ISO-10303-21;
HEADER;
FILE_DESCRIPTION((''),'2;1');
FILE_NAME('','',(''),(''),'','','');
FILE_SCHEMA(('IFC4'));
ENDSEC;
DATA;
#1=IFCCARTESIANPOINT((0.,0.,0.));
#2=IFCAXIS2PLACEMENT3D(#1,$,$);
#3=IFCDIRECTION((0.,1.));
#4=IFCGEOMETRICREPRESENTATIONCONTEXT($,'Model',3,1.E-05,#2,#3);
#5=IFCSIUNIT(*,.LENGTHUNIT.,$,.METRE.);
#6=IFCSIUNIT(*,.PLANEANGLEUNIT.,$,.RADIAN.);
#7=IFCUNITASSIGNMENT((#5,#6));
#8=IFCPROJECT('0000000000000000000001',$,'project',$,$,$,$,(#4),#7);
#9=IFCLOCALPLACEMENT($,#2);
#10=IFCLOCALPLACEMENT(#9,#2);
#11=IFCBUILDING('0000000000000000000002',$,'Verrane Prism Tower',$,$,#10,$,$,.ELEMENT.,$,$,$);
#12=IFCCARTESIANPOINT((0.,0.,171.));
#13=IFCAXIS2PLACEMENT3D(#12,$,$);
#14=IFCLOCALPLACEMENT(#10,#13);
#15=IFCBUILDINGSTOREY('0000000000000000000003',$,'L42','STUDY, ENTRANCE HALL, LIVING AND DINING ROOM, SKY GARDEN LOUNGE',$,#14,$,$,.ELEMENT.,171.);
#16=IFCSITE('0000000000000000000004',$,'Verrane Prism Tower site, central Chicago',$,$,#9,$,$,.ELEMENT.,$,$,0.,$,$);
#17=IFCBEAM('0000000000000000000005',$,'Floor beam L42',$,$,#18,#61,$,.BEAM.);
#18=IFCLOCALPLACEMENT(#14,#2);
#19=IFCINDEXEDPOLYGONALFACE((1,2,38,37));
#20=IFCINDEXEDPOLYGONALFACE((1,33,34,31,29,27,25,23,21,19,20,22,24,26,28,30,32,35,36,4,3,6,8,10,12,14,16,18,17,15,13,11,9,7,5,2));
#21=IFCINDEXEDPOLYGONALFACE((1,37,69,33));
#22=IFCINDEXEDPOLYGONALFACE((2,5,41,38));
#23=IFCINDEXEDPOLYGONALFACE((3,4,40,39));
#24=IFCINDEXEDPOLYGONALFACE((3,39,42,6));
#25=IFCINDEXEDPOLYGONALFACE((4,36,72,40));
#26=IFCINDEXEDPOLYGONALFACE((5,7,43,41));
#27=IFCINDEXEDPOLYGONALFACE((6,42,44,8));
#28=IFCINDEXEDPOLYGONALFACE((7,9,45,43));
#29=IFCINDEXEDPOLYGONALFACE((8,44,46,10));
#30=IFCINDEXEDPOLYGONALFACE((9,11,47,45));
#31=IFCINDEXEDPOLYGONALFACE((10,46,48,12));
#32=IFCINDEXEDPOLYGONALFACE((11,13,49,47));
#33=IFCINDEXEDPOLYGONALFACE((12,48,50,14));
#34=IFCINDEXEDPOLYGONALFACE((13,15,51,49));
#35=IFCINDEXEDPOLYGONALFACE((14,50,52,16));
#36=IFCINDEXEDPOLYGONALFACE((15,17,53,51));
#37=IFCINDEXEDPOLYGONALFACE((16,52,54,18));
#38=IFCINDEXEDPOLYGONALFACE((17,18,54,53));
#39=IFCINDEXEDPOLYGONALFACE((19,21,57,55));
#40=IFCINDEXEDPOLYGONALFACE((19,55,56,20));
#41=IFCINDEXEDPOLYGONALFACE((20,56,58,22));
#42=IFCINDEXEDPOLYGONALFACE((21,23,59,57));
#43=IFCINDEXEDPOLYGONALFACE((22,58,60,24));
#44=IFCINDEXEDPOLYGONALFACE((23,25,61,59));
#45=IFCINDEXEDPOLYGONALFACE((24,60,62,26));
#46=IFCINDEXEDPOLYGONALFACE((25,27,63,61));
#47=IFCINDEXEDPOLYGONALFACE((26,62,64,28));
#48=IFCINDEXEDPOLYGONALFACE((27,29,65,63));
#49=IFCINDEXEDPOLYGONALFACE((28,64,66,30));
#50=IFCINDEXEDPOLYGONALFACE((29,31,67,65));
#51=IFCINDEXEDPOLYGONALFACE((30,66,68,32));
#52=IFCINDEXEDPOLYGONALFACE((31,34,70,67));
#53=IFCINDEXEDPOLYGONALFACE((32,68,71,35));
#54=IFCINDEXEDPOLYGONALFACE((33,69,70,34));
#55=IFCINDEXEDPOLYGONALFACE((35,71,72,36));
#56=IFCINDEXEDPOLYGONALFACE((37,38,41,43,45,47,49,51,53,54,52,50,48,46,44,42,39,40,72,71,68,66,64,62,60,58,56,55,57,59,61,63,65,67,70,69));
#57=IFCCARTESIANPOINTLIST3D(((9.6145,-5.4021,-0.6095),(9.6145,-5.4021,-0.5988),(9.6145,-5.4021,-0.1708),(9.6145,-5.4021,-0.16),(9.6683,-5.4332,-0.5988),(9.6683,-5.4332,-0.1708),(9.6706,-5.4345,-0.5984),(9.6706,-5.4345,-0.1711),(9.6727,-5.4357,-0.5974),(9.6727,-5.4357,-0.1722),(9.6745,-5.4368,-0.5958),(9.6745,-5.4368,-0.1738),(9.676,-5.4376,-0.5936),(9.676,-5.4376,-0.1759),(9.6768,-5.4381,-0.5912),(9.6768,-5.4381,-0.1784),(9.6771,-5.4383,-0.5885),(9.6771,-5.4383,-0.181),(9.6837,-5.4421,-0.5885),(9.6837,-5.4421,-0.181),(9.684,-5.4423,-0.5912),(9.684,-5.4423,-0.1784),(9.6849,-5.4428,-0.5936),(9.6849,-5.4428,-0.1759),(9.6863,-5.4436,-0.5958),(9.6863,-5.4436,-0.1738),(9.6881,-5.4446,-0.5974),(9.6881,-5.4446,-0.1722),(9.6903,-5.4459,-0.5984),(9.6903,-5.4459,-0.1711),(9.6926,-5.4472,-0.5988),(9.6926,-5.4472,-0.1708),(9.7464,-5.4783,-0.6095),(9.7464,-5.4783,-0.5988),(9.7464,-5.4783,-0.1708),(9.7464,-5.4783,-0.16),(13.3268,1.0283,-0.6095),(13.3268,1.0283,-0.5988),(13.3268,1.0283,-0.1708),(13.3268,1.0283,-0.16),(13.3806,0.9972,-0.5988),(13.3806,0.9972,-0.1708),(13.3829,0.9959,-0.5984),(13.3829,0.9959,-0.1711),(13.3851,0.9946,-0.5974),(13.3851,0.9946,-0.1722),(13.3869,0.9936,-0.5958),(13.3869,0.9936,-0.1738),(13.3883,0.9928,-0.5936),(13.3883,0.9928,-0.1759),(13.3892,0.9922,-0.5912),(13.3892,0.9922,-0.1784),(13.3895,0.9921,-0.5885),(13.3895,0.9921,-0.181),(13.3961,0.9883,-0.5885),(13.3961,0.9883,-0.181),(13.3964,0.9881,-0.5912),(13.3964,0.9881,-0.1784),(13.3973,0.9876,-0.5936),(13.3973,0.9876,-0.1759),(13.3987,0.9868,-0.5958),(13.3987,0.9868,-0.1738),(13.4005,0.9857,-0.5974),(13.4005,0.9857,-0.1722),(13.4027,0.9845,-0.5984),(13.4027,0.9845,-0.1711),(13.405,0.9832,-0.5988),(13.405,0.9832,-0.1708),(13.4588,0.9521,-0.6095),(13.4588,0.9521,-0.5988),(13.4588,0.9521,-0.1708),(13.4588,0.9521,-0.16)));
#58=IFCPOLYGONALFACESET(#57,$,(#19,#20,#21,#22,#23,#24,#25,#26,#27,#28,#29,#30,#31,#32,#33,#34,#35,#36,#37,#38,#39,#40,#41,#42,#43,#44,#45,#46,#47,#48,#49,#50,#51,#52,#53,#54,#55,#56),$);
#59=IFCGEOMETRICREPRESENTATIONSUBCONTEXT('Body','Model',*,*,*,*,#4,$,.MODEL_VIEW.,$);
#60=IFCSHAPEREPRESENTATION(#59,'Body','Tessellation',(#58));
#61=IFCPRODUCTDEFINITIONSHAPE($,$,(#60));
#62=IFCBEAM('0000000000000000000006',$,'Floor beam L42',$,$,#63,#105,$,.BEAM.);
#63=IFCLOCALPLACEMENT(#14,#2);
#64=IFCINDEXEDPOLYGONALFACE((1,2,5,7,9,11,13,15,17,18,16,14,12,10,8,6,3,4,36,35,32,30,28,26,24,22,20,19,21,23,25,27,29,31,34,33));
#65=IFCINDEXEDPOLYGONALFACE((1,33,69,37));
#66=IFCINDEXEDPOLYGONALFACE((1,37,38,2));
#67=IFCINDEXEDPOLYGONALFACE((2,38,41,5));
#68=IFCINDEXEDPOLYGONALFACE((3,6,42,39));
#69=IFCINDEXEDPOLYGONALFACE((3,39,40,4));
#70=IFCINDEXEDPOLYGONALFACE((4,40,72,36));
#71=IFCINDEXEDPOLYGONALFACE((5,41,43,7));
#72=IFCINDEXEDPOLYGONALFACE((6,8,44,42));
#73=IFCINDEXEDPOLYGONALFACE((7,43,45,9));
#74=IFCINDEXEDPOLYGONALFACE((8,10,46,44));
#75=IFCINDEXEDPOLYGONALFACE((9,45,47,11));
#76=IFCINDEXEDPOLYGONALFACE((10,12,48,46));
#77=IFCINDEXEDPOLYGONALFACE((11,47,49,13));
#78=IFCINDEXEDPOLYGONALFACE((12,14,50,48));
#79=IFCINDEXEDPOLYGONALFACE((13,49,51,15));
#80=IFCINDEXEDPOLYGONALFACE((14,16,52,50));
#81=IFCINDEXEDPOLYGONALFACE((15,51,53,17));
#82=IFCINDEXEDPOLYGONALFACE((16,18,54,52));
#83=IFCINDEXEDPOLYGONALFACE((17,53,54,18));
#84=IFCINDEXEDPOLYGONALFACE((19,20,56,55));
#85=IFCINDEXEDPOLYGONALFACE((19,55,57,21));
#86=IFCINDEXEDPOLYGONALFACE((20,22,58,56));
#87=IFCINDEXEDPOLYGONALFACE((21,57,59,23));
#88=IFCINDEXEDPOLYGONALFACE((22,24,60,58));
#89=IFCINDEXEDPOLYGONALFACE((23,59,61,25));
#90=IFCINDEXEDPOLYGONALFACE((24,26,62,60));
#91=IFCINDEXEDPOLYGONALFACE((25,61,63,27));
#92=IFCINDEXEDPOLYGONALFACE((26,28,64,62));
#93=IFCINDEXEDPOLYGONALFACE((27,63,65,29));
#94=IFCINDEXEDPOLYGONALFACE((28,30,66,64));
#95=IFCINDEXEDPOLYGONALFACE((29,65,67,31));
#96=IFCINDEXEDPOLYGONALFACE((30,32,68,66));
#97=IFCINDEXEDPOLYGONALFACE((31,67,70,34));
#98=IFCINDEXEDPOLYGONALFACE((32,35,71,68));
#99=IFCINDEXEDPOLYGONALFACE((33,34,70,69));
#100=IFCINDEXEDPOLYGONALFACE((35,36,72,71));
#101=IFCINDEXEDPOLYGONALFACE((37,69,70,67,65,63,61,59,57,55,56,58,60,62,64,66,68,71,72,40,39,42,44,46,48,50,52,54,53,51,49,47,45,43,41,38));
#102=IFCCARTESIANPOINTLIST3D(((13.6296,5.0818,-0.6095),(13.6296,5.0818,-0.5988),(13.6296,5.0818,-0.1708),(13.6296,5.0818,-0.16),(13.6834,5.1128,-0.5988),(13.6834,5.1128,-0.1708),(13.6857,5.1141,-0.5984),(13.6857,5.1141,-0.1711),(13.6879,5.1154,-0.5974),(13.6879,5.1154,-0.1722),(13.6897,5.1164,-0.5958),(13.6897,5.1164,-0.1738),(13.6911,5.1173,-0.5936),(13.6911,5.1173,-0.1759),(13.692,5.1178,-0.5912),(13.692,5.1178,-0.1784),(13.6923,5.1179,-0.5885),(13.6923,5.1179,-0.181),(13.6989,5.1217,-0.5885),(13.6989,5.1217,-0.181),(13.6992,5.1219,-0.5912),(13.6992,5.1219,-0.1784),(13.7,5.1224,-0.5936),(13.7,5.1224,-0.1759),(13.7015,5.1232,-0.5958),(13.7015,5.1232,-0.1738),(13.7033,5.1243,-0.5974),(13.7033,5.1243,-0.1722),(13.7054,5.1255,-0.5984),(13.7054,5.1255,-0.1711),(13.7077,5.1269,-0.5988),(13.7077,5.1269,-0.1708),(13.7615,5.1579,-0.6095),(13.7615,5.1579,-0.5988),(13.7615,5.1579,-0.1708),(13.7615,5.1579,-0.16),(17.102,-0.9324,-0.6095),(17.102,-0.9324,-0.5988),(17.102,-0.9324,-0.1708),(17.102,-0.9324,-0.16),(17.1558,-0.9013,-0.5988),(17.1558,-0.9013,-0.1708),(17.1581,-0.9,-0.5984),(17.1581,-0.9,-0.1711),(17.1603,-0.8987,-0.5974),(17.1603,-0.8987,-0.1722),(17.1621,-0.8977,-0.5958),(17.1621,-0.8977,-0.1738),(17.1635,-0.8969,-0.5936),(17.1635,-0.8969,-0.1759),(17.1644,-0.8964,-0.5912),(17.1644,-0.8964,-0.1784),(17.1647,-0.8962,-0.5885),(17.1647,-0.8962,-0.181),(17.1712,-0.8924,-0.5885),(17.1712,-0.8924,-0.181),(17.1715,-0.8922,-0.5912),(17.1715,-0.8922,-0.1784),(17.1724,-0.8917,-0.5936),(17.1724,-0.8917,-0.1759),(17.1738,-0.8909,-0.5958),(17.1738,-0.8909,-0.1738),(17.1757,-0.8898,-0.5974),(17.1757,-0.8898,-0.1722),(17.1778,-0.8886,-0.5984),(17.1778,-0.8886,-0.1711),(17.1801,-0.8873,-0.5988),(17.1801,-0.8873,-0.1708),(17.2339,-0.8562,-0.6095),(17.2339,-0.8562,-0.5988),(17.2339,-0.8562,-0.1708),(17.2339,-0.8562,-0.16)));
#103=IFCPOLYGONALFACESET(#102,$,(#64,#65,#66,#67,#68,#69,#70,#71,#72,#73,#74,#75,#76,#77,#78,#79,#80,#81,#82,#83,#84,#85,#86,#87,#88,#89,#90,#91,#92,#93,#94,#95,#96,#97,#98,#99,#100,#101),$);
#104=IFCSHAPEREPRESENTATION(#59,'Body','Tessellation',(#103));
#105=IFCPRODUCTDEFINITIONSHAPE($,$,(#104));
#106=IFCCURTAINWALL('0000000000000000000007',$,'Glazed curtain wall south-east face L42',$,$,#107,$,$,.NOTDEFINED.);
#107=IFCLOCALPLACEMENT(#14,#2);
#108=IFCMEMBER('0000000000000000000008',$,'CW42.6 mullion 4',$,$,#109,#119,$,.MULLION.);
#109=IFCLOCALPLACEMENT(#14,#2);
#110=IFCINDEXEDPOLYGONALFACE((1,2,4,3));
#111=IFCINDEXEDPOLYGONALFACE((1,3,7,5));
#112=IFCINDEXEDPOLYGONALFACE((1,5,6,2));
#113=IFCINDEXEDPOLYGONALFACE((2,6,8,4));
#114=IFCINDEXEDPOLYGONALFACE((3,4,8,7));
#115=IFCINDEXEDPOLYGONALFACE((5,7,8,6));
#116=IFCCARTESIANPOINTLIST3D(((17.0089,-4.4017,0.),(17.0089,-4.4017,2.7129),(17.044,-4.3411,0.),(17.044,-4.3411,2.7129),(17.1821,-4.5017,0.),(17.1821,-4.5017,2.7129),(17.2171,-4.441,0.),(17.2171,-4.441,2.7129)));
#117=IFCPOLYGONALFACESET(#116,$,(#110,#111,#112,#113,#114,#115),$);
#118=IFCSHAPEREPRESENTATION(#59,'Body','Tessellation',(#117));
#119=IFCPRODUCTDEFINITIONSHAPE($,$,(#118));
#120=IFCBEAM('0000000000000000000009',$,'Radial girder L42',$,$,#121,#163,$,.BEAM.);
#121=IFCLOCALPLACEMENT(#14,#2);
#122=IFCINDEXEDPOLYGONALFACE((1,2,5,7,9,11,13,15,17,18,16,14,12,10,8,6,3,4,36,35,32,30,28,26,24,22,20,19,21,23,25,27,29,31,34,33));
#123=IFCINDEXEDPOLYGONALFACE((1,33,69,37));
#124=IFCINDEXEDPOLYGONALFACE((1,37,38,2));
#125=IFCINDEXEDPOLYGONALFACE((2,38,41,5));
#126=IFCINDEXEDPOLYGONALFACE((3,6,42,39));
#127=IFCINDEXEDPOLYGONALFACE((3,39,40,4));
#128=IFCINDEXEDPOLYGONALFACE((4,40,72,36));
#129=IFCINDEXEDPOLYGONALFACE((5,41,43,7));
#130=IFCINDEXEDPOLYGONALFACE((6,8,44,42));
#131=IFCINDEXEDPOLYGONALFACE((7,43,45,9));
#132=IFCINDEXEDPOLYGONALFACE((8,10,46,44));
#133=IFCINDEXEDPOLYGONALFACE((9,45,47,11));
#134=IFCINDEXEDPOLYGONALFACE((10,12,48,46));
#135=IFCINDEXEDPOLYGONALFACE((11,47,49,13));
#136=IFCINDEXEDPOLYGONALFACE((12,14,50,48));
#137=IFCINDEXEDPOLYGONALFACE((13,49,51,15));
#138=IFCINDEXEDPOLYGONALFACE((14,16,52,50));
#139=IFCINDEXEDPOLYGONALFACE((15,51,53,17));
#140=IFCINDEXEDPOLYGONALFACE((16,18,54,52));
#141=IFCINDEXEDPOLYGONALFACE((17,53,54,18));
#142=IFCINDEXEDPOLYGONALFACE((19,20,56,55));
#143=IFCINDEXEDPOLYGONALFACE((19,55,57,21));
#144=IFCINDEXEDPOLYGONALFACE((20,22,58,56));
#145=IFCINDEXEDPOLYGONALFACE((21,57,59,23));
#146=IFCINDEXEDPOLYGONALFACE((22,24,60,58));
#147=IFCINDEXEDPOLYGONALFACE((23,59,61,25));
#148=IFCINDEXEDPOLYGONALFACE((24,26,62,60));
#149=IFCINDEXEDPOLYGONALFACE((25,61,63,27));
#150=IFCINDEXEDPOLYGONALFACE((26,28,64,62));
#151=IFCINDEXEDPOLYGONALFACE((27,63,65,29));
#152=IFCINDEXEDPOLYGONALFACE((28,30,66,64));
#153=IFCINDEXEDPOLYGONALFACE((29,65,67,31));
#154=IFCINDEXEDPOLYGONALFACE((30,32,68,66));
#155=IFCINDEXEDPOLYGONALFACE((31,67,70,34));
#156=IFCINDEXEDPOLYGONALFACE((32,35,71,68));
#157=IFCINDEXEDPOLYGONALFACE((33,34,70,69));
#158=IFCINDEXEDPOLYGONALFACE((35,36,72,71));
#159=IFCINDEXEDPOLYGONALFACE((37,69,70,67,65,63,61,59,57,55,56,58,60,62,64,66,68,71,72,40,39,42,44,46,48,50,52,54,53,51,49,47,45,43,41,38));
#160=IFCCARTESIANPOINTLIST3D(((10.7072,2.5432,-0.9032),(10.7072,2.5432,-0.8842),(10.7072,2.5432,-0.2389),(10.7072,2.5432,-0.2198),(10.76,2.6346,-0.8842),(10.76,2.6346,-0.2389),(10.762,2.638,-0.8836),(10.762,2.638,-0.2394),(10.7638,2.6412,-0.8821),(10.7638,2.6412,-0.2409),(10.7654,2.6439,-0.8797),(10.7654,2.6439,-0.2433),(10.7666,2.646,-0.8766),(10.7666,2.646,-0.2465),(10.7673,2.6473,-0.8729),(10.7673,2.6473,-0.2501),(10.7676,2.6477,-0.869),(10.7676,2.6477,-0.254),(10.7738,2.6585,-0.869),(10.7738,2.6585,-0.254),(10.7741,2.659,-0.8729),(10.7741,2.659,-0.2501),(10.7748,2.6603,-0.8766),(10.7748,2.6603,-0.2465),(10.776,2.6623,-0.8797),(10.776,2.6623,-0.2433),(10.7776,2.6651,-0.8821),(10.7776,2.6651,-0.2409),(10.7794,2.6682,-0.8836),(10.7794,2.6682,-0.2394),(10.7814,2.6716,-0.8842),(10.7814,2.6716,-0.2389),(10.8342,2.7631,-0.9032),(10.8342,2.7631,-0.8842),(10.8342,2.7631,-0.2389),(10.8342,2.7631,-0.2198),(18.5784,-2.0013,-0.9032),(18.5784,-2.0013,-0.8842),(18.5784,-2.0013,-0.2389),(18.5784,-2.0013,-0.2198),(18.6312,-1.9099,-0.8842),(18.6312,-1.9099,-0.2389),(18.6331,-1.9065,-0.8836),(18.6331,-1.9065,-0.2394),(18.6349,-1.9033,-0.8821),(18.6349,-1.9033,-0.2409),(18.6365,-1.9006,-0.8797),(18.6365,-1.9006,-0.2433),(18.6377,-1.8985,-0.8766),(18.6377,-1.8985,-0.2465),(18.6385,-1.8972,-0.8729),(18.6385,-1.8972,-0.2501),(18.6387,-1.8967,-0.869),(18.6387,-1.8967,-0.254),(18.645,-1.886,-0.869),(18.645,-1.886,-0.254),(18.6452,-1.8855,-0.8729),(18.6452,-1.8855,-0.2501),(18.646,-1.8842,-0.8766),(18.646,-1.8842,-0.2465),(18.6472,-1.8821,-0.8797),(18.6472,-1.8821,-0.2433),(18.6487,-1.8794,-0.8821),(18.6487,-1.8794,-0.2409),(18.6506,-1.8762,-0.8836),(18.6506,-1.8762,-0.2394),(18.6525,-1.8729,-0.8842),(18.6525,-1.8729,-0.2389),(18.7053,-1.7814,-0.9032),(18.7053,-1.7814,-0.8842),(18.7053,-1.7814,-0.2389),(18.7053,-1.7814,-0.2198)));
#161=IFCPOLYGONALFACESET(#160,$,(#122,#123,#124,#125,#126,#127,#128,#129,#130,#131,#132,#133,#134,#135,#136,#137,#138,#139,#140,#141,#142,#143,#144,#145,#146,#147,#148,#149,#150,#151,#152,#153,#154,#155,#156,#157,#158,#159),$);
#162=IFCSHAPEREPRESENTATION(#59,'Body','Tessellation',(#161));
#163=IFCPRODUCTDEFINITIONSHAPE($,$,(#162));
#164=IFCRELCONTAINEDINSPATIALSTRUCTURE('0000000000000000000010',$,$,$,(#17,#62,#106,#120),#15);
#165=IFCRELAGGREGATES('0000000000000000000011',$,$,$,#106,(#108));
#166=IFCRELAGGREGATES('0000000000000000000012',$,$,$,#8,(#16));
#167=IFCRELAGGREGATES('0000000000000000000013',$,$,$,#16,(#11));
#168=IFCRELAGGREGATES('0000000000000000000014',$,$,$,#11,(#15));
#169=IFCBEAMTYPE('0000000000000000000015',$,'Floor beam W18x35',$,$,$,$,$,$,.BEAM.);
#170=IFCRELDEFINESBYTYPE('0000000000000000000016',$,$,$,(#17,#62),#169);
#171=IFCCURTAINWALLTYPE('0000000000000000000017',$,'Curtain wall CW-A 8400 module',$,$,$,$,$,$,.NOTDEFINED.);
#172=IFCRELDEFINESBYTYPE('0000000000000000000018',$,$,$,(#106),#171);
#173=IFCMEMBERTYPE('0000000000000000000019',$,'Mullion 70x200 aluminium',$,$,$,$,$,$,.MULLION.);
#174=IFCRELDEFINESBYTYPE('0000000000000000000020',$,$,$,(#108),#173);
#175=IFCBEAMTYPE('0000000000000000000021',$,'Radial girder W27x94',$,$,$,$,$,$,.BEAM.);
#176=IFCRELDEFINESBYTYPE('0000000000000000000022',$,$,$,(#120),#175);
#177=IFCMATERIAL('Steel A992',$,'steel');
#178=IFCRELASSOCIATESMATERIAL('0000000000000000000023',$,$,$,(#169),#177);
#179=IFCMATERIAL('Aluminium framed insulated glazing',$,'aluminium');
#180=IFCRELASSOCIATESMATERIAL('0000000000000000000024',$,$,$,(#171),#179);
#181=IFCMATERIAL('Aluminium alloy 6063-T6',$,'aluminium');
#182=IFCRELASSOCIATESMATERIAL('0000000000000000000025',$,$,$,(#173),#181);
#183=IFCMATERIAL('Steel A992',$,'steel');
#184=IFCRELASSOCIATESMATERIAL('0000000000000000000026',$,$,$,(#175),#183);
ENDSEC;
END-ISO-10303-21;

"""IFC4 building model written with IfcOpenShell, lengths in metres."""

from ifc_helpers import new_model, si_unit, direction, frame, origin, origin_2d, place, context, subcontext, project, spatial, rectangle, i_section, extrude, material, material_profile, profile_set, type_object, element, aggregate, save


model = new_model("IFC4")

# Units and contexts
model_context = context("Model", 3, precision=1e-05, world=origin(), true_north=direction((0.0, 1.0)))
body_context = subcontext(model_context, "Body", "Model", "MODEL_VIEW")
ifc_project = project(units=[si_unit("LENGTHUNIT", "METRE"), si_unit("PLANEANGLEUNIT", "RADIAN")], contexts=[model_context])

# Site, building, storey
site_placement = place(None, origin())
site = spatial("IfcSite", under=ifc_project, at=site_placement, Name="Verrane Prism Tower site, central Chicago", CompositionType="ELEMENT", RefElevation=0.0)
building_placement = place(site_placement, origin())
building = spatial("IfcBuilding", under=site, at=building_placement, Name="Verrane Prism Tower", CompositionType="ELEMENT")
storey_placement = place(building_placement, frame((0.0, 0.0, 171.0)))
storey = spatial("IfcBuildingStorey", under=building, at=storey_placement, Name="L42", Description="STUDY, ENTRANCE HALL, LIVING AND DINING ROOM, SKY GARDEN LOUNGE", CompositionType="ELEMENT", Elevation=171.0)

# Beams
ifc_material_1 = material(Name="Steel A992", Category="steel")
ifc_material_profile_1 = material_profile(ifc_material_1, i_section(OverallWidth=0.1523, OverallDepth=0.4495, WebThickness=0.0076, FlangeThickness=0.0107, FilletRadius=0.0103, at=origin_2d()), Name="W18x35")
ifc_profile_set_1 = profile_set([ifc_material_profile_1], Name="Steel A992")
beam_type_1 = type_object("IfcBeamType", Name="Floor beam W18x35", PredefinedType="BEAM", material=ifc_profile_set_1)
for number, where, z_axis, x_axis, name in (
    (1, (9.6804, -5.4402, -0.3848), (0.49998, 0.866037, 0.0), (-0.866037, 0.49998, 0.0), "Floor beam L42"),
):
    element("IfcBeam", number, at=place(storey_placement, frame(where, z_axis=z_axis, x_axis=x_axis)), inside=storey, type_object=beam_type_1, Name=name, PredefinedType="BEAM", context=body_context, shape_type="SweptSolid", body=[
        extrude(i_section(OverallWidth=0.1523, OverallDepth=0.4495, WebThickness=0.0076, FlangeThickness=0.0107, FilletRadius=0.0103, at=origin_2d()), origin(), (0.0, 0.0, 1.0), 7.425),
    ])
beam_1_placement = place(storey_placement, frame((17.168, -0.8943, -0.3848), z_axis=(-0.500015, 0.866017, 0.0), x_axis=(-0.866017, -0.500015, 0.0)))
element("IfcBeam", 2, at=beam_1_placement, inside=storey, type_object=beam_type_1, Name="Floor beam L42", PredefinedType="BEAM", context=body_context, shape_type="SweptSolid", body=[
    extrude(i_section(OverallWidth=0.1523, OverallDepth=0.4495, WebThickness=0.0076, FlangeThickness=0.0107, FilletRadius=0.0103, at=origin_2d()), origin(), (0.0, 0.0, 1.0), 6.9446),
])

# Curtain wall, member
ifc_material_2 = material(Name="Aluminium framed insulated glazing", Category="aluminium")
curtain_wall_type = type_object("IfcCurtainWallType", Name="Curtain wall CW-A 8400 module", PredefinedType="NOTDEFINED", material=ifc_material_2)
curtain_wall_placement = place(storey_placement, origin())
curtain_wall = element("IfcCurtainWall", 3, at=curtain_wall_placement, inside=storey, type_object=curtain_wall_type, Name="Glazed curtain wall south-east face L42", PredefinedType="NOTDEFINED")
ifc_material_3 = material(Name="Aluminium alloy 6063-T6", Category="aluminium")
ifc_material_profile_2 = material_profile(ifc_material_3, rectangle(XDim=0.2, YDim=0.0701, at=origin_2d()), Name="Mullion 70x200 aluminium")
ifc_profile_set_2 = profile_set([ifc_material_profile_2], Name="Aluminium alloy 6063-T6")
member_type_1 = type_object("IfcMemberType", Name="Mullion 70x200 aluminium", PredefinedType="MULLION", material=ifc_profile_set_2)
member_1_placement = place(storey_placement, frame((17.113, -4.4214, 0.0), z_axis=(0.0, 0.0, 1.0), x_axis=(-0.866026, 0.499998, 0.0)))
member_1 = element("IfcMember", 4, at=member_1_placement, type_object=member_type_1, Name="CW42.6 mullion 4", PredefinedType="MULLION", context=body_context, shape_type="SweptSolid", body=[
    extrude(rectangle(XDim=0.2, YDim=0.0701, at=origin_2d()), origin(), (0.0, 0.0, 1.0), 2.7129),
])

# Beam
ifc_material_4 = material(Name="Steel A992", Category="steel")
ifc_material_profile_3 = material_profile(ifc_material_4, i_section(OverallWidth=0.2539, OverallDepth=0.6833, WebThickness=0.0125, FlangeThickness=0.019, FilletRadius=0.0151, at=origin_2d()), Name="W27x94")
ifc_profile_set_3 = profile_set([ifc_material_profile_3], Name="Steel A992")
beam_type_2 = type_object("IfcBeamType", Name="Radial girder W27x94", PredefinedType="BEAM", material=ifc_profile_set_3)
beam_2_placement = place(storey_placement, frame((18.6418, -1.8914, -0.5615), z_axis=(-0.866023, 0.500005, 0.0), x_axis=(-0.500005, -0.866023, 0.0)))
element("IfcBeam", 5, at=beam_2_placement, inside=storey, type_object=beam_type_2, Name="Radial girder L42", PredefinedType="BEAM", context=body_context, shape_type="SweptSolid", body=[
    extrude(i_section(OverallWidth=0.2539, OverallDepth=0.6833, WebThickness=0.0125, FlangeThickness=0.019, FilletRadius=0.0151, at=origin_2d()), origin(), (0.0, 0.0, 1.0), 9.0889),
])

aggregate(curtain_wall, [member_1])

save(model, "model.ifc")
